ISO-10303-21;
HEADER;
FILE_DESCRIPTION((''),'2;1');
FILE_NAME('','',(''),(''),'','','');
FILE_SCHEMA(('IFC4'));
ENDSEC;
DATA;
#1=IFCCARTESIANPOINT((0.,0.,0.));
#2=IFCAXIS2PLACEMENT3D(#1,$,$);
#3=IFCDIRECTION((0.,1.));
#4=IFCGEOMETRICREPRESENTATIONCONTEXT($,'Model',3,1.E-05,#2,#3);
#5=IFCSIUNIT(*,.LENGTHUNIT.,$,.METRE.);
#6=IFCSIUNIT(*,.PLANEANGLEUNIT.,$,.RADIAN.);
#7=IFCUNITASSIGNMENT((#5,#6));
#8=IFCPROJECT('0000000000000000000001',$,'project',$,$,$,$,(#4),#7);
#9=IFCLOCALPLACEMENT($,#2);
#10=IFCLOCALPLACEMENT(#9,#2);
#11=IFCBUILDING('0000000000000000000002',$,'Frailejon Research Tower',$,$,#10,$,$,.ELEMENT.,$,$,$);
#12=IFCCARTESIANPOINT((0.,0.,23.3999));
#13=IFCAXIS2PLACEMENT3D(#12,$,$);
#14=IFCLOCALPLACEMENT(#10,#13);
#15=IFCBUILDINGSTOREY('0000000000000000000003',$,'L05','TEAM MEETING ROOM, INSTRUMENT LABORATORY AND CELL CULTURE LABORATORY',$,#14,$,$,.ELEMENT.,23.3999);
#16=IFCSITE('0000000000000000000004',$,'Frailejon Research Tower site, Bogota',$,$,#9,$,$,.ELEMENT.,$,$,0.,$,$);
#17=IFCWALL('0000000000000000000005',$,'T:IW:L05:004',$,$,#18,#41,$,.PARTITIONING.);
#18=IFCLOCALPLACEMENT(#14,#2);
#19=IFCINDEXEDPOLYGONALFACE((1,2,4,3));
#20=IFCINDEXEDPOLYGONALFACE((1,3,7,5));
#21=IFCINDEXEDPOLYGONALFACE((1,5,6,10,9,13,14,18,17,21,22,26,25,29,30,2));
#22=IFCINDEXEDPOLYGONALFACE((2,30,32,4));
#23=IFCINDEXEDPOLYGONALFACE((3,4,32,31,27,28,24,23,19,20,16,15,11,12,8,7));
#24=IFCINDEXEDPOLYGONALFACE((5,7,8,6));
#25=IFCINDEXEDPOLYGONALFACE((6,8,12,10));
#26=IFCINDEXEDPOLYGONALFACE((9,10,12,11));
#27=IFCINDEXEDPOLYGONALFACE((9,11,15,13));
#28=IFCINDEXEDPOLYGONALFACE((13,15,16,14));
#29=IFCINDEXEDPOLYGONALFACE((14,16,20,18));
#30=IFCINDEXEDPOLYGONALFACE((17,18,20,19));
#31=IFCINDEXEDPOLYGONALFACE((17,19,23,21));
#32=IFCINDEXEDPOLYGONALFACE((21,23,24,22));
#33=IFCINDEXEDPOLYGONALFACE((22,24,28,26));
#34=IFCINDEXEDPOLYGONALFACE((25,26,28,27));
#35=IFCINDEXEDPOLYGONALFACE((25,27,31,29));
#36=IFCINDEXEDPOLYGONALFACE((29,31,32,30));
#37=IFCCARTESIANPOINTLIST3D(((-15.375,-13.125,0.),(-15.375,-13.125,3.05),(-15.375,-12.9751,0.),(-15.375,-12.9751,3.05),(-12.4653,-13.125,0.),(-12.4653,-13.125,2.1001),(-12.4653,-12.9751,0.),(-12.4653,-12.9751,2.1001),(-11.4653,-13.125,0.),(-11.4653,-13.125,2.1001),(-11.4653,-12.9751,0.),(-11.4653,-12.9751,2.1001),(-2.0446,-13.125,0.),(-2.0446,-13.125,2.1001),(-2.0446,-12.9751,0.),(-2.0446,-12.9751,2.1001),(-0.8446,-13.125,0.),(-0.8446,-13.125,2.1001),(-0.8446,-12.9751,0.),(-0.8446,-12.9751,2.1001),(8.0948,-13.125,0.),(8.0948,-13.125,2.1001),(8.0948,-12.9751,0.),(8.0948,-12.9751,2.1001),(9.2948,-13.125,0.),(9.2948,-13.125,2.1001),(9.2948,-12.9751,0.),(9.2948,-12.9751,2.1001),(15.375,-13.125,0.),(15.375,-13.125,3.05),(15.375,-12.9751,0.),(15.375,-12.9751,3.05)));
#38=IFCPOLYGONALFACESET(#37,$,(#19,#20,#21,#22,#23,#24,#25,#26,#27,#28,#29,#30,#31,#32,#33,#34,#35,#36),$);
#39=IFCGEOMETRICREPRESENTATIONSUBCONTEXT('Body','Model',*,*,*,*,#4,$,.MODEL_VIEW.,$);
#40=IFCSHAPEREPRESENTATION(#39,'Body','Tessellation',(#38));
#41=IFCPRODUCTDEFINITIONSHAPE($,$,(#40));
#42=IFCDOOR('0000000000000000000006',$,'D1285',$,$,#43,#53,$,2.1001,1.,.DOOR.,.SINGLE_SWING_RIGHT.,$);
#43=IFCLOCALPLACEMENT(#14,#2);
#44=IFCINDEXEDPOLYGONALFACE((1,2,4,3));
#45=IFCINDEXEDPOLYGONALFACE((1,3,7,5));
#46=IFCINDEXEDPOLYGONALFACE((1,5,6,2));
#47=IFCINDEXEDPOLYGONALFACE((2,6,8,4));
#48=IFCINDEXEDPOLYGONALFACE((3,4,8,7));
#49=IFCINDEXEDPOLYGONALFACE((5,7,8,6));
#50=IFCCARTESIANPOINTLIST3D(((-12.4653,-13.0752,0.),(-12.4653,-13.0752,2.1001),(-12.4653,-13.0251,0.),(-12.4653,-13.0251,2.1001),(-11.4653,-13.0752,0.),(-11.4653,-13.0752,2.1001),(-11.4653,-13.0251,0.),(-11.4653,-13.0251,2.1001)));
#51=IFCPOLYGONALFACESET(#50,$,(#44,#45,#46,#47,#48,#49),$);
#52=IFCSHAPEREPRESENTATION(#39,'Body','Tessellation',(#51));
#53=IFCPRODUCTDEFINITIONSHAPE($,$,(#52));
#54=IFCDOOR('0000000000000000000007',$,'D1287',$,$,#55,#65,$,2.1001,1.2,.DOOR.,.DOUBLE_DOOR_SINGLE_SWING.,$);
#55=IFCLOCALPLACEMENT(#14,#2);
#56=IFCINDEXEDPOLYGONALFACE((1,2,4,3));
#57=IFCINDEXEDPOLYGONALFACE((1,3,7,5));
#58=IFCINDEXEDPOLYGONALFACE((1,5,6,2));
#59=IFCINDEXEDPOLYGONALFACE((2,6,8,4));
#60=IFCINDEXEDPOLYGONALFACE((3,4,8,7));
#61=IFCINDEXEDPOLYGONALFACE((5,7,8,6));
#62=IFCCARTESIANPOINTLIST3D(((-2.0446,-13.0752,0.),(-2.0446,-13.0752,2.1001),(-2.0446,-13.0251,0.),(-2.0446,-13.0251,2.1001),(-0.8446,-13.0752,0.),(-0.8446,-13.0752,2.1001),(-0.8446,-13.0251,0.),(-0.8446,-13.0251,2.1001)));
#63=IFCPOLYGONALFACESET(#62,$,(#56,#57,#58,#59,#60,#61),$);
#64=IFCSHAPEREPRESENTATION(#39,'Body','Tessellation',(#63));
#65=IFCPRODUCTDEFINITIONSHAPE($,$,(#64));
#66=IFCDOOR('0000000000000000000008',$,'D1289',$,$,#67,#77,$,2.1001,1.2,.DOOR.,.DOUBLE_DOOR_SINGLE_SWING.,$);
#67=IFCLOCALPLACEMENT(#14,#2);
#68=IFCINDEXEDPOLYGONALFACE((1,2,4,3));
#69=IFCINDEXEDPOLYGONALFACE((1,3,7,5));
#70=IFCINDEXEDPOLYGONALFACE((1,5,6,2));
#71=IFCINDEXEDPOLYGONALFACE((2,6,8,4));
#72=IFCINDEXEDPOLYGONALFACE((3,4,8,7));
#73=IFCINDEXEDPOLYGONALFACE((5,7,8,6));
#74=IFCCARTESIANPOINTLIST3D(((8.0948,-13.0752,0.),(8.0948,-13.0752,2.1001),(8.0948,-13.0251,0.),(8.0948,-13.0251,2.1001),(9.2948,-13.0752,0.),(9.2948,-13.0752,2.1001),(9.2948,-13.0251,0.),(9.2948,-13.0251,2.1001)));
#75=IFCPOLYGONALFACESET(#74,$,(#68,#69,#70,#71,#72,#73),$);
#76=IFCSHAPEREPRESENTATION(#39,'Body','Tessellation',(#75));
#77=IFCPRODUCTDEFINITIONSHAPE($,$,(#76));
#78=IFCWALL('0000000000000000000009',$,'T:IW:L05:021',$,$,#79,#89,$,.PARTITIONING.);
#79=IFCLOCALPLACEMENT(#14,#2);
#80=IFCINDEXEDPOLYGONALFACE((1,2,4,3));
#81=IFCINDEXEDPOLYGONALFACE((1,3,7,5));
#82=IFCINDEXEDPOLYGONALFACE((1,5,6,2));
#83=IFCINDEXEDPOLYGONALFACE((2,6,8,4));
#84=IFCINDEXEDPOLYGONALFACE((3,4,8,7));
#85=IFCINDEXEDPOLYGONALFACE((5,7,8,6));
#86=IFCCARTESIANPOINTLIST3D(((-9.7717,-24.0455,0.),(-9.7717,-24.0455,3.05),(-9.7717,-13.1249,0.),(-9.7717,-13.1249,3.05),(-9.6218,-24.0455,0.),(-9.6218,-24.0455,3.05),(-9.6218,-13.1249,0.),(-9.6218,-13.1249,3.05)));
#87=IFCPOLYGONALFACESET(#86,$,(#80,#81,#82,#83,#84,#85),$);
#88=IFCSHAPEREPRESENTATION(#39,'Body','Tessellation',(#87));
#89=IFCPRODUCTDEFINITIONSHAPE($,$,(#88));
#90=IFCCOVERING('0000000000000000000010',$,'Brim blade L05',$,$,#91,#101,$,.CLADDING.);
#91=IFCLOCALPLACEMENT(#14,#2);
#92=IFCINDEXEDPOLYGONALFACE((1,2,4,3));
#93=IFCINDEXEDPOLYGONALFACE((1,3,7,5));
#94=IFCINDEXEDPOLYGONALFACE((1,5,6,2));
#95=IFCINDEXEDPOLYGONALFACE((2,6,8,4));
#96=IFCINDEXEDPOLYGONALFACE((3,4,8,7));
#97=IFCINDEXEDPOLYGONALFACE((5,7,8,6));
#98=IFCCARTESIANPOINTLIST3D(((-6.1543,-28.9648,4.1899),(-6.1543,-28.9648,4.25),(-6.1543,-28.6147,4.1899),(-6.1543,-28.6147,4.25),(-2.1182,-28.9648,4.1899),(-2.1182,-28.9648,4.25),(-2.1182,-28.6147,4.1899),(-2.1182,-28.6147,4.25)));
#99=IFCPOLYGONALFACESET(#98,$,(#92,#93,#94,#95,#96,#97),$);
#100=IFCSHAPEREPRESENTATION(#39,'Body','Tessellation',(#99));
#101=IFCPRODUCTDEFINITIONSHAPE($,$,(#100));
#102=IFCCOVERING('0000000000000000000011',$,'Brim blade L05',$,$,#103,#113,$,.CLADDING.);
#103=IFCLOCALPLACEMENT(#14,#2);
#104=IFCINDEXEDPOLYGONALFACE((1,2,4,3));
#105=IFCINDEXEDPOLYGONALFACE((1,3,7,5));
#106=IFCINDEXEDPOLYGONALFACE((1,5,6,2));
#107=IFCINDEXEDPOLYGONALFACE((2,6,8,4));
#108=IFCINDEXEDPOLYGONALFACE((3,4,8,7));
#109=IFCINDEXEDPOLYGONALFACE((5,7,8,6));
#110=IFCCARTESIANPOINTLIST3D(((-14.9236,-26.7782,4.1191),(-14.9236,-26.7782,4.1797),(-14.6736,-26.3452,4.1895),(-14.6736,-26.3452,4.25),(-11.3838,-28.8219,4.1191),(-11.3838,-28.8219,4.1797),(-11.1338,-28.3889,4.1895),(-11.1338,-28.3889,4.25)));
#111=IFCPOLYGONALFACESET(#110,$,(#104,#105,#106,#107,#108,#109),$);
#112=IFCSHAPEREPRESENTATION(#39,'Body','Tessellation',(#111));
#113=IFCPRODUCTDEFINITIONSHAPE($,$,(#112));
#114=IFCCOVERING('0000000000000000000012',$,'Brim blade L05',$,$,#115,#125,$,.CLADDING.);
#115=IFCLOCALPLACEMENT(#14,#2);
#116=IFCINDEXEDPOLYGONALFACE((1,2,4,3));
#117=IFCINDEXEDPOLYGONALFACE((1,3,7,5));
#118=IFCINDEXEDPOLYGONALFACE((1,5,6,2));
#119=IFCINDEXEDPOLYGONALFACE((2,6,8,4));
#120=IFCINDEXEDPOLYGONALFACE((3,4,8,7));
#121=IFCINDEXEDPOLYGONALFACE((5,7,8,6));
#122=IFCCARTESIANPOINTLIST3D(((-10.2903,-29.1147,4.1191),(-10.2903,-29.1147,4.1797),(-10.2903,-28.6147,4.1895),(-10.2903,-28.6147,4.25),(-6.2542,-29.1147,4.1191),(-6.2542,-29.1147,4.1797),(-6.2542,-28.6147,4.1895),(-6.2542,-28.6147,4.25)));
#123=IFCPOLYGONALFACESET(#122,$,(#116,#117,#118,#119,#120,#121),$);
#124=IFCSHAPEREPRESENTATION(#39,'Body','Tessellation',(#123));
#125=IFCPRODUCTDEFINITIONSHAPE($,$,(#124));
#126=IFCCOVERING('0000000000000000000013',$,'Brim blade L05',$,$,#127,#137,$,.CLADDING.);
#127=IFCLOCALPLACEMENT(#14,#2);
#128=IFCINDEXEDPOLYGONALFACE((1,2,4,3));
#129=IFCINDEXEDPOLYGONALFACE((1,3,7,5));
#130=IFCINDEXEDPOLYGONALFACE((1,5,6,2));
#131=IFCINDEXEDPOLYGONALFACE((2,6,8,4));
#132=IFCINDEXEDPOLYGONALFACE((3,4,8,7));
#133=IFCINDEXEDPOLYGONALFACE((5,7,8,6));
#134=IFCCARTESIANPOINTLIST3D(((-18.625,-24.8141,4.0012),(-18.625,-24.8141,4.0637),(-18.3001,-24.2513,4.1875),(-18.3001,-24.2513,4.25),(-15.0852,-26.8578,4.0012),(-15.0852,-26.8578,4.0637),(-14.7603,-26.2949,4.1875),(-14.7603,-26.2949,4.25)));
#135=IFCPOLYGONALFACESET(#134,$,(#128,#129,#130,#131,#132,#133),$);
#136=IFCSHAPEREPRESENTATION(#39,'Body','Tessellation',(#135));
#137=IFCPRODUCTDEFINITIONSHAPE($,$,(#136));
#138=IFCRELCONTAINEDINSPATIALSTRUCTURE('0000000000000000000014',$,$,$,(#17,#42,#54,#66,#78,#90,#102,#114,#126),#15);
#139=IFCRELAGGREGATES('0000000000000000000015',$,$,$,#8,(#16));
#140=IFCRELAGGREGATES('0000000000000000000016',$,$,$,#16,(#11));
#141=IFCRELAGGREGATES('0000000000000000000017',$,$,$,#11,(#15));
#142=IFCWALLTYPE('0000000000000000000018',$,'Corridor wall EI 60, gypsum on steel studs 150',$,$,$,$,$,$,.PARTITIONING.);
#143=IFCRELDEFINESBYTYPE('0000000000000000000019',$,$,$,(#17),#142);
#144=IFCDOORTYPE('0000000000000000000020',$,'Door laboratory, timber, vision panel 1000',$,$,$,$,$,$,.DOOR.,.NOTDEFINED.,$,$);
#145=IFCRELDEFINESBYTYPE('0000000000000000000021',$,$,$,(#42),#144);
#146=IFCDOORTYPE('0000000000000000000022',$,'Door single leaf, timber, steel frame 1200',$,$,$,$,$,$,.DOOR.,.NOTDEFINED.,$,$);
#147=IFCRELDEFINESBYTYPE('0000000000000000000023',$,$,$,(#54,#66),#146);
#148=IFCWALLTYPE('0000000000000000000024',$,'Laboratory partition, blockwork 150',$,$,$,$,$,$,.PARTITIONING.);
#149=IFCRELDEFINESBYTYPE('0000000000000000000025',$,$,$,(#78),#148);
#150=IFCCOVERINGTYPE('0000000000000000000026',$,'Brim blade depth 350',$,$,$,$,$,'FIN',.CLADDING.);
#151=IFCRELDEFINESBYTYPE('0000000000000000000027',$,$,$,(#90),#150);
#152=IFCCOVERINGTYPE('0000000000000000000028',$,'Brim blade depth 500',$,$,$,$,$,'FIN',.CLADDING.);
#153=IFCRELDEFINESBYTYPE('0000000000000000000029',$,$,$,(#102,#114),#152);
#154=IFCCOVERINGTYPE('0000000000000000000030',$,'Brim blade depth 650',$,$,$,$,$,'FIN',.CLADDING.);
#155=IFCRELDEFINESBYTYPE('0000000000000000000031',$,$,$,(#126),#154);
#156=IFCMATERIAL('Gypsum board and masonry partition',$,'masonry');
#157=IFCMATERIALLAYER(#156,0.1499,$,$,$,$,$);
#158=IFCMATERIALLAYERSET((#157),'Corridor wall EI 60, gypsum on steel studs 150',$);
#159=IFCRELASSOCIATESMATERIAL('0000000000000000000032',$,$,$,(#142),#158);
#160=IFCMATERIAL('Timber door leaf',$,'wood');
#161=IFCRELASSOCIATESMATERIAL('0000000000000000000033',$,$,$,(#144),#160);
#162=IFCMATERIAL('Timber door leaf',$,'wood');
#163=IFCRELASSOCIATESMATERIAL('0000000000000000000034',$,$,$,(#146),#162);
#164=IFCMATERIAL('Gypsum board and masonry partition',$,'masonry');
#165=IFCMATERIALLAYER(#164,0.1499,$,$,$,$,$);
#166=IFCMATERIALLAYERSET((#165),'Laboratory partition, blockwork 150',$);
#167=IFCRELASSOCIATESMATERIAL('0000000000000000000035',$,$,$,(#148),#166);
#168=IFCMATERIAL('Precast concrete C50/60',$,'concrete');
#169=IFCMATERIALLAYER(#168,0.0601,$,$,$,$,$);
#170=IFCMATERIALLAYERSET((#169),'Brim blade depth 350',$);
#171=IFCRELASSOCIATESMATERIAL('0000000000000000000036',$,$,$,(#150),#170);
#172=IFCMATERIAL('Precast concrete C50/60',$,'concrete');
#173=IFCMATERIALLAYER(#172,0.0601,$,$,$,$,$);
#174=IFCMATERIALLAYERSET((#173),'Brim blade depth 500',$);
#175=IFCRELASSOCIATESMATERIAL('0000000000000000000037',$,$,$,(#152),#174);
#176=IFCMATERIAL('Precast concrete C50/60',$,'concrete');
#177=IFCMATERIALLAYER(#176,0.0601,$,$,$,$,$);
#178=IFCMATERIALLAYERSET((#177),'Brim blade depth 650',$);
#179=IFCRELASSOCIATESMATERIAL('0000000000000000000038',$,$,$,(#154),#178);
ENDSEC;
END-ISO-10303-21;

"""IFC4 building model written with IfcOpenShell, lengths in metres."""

from ifc_helpers import new_model, si_unit, direction, frame, frame_2d, origin, place, context, subcontext, project, spatial, polyline, rectangle, outline, extrude, material, layer, layer_set, type_object, element, fill, save


model = new_model("IFC4")

# Units and contexts
model_context = context("Model", 3, precision=1e-05, world=origin(), true_north=direction((0.0, 1.0)))
body_context = subcontext(model_context, "Body", "Model", "MODEL_VIEW")
ifc_project = project(units=[si_unit("LENGTHUNIT", "METRE"), si_unit("PLANEANGLEUNIT", "RADIAN")], contexts=[model_context])

# Site, building, storey
site_placement = place(None, origin())
site = spatial("IfcSite", under=ifc_project, at=site_placement, Name="Frailejon Research Tower site, Bogota", CompositionType="ELEMENT", RefElevation=0.0)
building_placement = place(site_placement, origin())
building = spatial("IfcBuilding", under=site, at=building_placement, Name="Frailejon Research Tower", CompositionType="ELEMENT")
storey_placement = place(building_placement, frame((0.0, 0.0, 23.3999)))
storey = spatial("IfcBuildingStorey", under=building, at=storey_placement, Name="L05", Description="TEAM MEETING ROOM, INSTRUMENT LABORATORY AND CELL CULTURE LABORATORY", CompositionType="ELEMENT", Elevation=23.3999)

# Wall, openings, doors
ifc_material_1 = material(Name="Gypsum board and masonry partition", Category="masonry")
ifc_layer_1 = layer(ifc_material_1, 0.1499)
ifc_layer_set_1 = layer_set([ifc_layer_1], Name="Corridor wall EI 60, gypsum on steel studs 150")
wall_type_1 = type_object("IfcWallType", Name="Corridor wall EI 60, gypsum on steel studs 150", PredefinedType="PARTITIONING", material=ifc_layer_set_1)
wall_1_placement = place(storey_placement, frame((-15.375, -13.05, 0.0), z_axis=(0.0, 0.0, 1.0), x_axis=(1.0, 0.0, 0.0)))
wall_1 = element("IfcWall", 1, at=wall_1_placement, inside=storey, type_object=wall_type_1, Name="T:IW:L05:004", PredefinedType="PARTITIONING", context=body_context, shape_type="SweptSolid", body=[
    extrude(rectangle(XDim=30.75, YDim=0.1499, at=frame_2d((15.375, 0.0))), origin(), (0.0, 0.0, 1.0), 3.05),
])
opening_1_placement = place(wall_1_placement, frame((2.9097, 0.0, 0.0)))
opening_1 = element("IfcOpeningElement", 2, at=opening_1_placement, cuts=wall_1, PredefinedType="OPENING", context=body_context, shape_type="SweptSolid", body=[
    extrude(rectangle(XDim=1.0, YDim=2.1001, at=frame_2d((0.5, 1.05))), frame((0.0, 0.085, 0.0), z_axis=(0.0, -1.0, 0.0), x_axis=(1.0, 0.0, 0.0)), (0.0, 0.0, 1.0), 0.1699),
])
opening_2_placement = place(wall_1_placement, frame((13.3303, 0.0, 0.0)))
opening_2 = element("IfcOpeningElement", 3, at=opening_2_placement, cuts=wall_1, PredefinedType="OPENING", context=body_context, shape_type="SweptSolid", body=[
    extrude(rectangle(XDim=1.2, YDim=2.1001, at=frame_2d((0.6001, 1.05))), frame((0.0, 0.085, 0.0), z_axis=(0.0, -1.0, 0.0), x_axis=(1.0, 0.0, 0.0)), (0.0, 0.0, 1.0), 0.1699),
])
opening_3_placement = place(wall_1_placement, frame((23.4697, 0.0, 0.0)))
opening_3 = element("IfcOpeningElement", 4, at=opening_3_placement, cuts=wall_1, PredefinedType="OPENING", context=body_context, shape_type="SweptSolid", body=[
    extrude(rectangle(XDim=1.2, YDim=2.1001, at=frame_2d((0.6001, 1.05))), frame((0.0, 0.085, 0.0), z_axis=(0.0, -1.0, 0.0), x_axis=(1.0, 0.0, 0.0)), (0.0, 0.0, 1.0), 0.1699),
])
ifc_material_2 = material(Name="Timber door leaf", Category="wood")
door_type_1 = type_object("IfcDoorType", Name="Door laboratory, timber, vision panel 1000", OperationType="NOTDEFINED", PredefinedType="DOOR", material=ifc_material_2)
door_1_placement = place(opening_1_placement, origin())
door_1 = element("IfcDoor", 5, at=door_1_placement, inside=storey, type_object=door_type_1, Name="D1285", OperationType="SINGLE_SWING_RIGHT", OverallHeight=2.1001, OverallWidth=1.0, PredefinedType="DOOR", context=body_context, shape_type="SweptSolid", body=[
    extrude(rectangle(XDim=1.0, YDim=2.1001, at=frame_2d((0.5, 1.05))), frame((0.0, 0.0249, 0.0), z_axis=(0.0, -1.0, 0.0), x_axis=(1.0, 0.0, 0.0)), (0.0, 0.0, 1.0), 0.05),
])
fill(opening_1, door_1)
ifc_material_3 = material(Name="Timber door leaf", Category="wood")
door_type_2 = type_object("IfcDoorType", Name="Door single leaf, timber, steel frame 1200", OperationType="NOTDEFINED", PredefinedType="DOOR", material=ifc_material_3)
door_2_placement = place(opening_2_placement, origin())
door_2 = element("IfcDoor", 6, at=door_2_placement, inside=storey, type_object=door_type_2, Name="D1287", OperationType="DOUBLE_DOOR_SINGLE_SWING", OverallHeight=2.1001, OverallWidth=1.2, PredefinedType="DOOR", context=body_context, shape_type="SweptSolid", body=[
    extrude(rectangle(XDim=1.2, YDim=2.1001, at=frame_2d((0.6001, 1.05))), frame((0.0, 0.0249, 0.0), z_axis=(0.0, -1.0, 0.0), x_axis=(1.0, 0.0, 0.0)), (0.0, 0.0, 1.0), 0.05),
])
fill(opening_2, door_2)
door_3_placement = place(opening_3_placement, origin())
door_3 = element("IfcDoor", 7, at=door_3_placement, inside=storey, type_object=door_type_2, Name="D1289", OperationType="DOUBLE_DOOR_SINGLE_SWING", OverallHeight=2.1001, OverallWidth=1.2, PredefinedType="DOOR", context=body_context, shape_type="SweptSolid", body=[
    extrude(rectangle(XDim=1.2, YDim=2.1001, at=frame_2d((0.6001, 1.05))), frame((0.0, 0.0249, 0.0), z_axis=(0.0, -1.0, 0.0), x_axis=(1.0, 0.0, 0.0)), (0.0, 0.0, 1.0), 0.05),
])
fill(opening_3, door_3)

# Wall
ifc_material_4 = material(Name="Gypsum board and masonry partition", Category="masonry")
ifc_layer_2 = layer(ifc_material_4, 0.1499)
ifc_layer_set_2 = layer_set([ifc_layer_2], Name="Laboratory partition, blockwork 150")
wall_type_2 = type_object("IfcWallType", Name="Laboratory partition, blockwork 150", PredefinedType="PARTITIONING", material=ifc_layer_set_2)
wall_2_placement = place(storey_placement, frame((-9.6968, -24.0457, 0.0), z_axis=(0.0, 0.0, 1.0), x_axis=(0.0, 1.0, 0.0)))
element("IfcWall", 8, at=wall_2_placement, inside=storey, type_object=wall_type_2, Name="T:IW:L05:021", PredefinedType="PARTITIONING", context=body_context, shape_type="SweptSolid", body=[
    extrude(rectangle(XDim=10.9207, YDim=0.1499, at=frame_2d((5.4604, 0.0))), origin(), (0.0, 0.0, 1.0), 3.05),
])

# Coverings
ifc_material_5 = material(Name="Precast concrete C50/60", Category="concrete")
ifc_layer_3 = layer(ifc_material_5, 0.0601)
ifc_layer_set_3 = layer_set([ifc_layer_3], Name="Brim blade depth 350")
covering_type_1 = type_object("IfcCoveringType", Name="Brim blade depth 350", ElementType="FIN", PredefinedType="CLADDING", material=ifc_layer_set_3)
covering_1_placement = place(storey_placement, frame((-2.1182, -28.6147, 4.25), z_axis=(-1.0, 0.0, 0.0), x_axis=(0.0, -1.0, 0.0)))
element("IfcCovering", 9, at=covering_1_placement, inside=storey, type_object=covering_type_1, Name="Brim blade L05", PredefinedType="CLADDING", context=body_context, shape_type="SweptSolid", body=[
    extrude(outline(polyline([(0.0, -0.0601), (0.3501, -0.0601), (0.3501, 0.0), (0.0, 0.0), (0.0, -0.0601)])), origin(), (0.0, 0.0, 1.0), 4.0361),
])
ifc_material_6 = material(Name="Precast concrete C50/60", Category="concrete")
ifc_layer_4 = layer(ifc_material_6, 0.0601)
ifc_layer_set_4 = layer_set([ifc_layer_4], Name="Brim blade depth 500")
covering_type_2 = type_object("IfcCoveringType", Name="Brim blade depth 500", ElementType="FIN", PredefinedType="CLADDING", material=ifc_layer_set_4)
covering_2_placement = place(storey_placement, frame((-11.1338, -28.3889, 4.25), z_axis=(-0.866021, 0.500007, 0.0), x_axis=(-0.500007, -0.866021, 0.0)))
element("IfcCovering", 10, at=covering_2_placement, inside=storey, type_object=covering_type_2, Name="Brim blade L05", PredefinedType="CLADDING", context=body_context, shape_type="SweptSolid", body=[
    extrude(outline(polyline([(0.0, -0.0605), (0.5, -0.1309), (0.5, -0.0703), (0.0, 0.0), (0.0, -0.0605)])), origin(), (0.0, 0.0, 1.0), 4.0874),
])
covering_3_placement = place(storey_placement, frame((-6.2542, -28.6147, 4.25), z_axis=(-1.0, 0.0, 0.0), x_axis=(0.0, -1.0, 0.0)))
element("IfcCovering", 11, at=covering_3_placement, inside=storey, type_object=covering_type_2, Name="Brim blade L05", PredefinedType="CLADDING", context=body_context, shape_type="SweptSolid", body=[
    extrude(outline(polyline([(0.0, -0.0605), (0.5, -0.1309), (0.5, -0.0703), (0.0, 0.0), (0.0, -0.0605)])), origin(), (0.0, 0.0, 1.0), 4.0361),
])
ifc_material_7 = material(Name="Precast concrete C50/60", Category="concrete")
ifc_layer_5 = layer(ifc_material_7, 0.0601)
ifc_layer_set_5 = layer_set([ifc_layer_5], Name="Brim blade depth 650")
covering_type_3 = type_object("IfcCoveringType", Name="Brim blade depth 650", ElementType="FIN", PredefinedType="CLADDING", material=ifc_layer_set_5)
covering_4_placement = place(storey_placement, frame((-14.7603, -26.2949, 4.25), z_axis=(-0.866032, 0.499989, 0.0), x_axis=(-0.499989, -0.866032, 0.0)))
element("IfcCovering", 12, at=covering_4_placement, inside=storey, type_object=covering_type_3, Name="Brim blade L05", PredefinedType="CLADDING", context=body_context, shape_type="SweptSolid", body=[
    extrude(outline(polyline([(0.0, -0.0625), (0.6499, -0.2488), (0.6499, -0.1863), (0.0, 0.0), (0.0, -0.0625)])), origin(), (0.0, 0.0, 1.0), 4.0874),
])

save(model, "model.ifc")
